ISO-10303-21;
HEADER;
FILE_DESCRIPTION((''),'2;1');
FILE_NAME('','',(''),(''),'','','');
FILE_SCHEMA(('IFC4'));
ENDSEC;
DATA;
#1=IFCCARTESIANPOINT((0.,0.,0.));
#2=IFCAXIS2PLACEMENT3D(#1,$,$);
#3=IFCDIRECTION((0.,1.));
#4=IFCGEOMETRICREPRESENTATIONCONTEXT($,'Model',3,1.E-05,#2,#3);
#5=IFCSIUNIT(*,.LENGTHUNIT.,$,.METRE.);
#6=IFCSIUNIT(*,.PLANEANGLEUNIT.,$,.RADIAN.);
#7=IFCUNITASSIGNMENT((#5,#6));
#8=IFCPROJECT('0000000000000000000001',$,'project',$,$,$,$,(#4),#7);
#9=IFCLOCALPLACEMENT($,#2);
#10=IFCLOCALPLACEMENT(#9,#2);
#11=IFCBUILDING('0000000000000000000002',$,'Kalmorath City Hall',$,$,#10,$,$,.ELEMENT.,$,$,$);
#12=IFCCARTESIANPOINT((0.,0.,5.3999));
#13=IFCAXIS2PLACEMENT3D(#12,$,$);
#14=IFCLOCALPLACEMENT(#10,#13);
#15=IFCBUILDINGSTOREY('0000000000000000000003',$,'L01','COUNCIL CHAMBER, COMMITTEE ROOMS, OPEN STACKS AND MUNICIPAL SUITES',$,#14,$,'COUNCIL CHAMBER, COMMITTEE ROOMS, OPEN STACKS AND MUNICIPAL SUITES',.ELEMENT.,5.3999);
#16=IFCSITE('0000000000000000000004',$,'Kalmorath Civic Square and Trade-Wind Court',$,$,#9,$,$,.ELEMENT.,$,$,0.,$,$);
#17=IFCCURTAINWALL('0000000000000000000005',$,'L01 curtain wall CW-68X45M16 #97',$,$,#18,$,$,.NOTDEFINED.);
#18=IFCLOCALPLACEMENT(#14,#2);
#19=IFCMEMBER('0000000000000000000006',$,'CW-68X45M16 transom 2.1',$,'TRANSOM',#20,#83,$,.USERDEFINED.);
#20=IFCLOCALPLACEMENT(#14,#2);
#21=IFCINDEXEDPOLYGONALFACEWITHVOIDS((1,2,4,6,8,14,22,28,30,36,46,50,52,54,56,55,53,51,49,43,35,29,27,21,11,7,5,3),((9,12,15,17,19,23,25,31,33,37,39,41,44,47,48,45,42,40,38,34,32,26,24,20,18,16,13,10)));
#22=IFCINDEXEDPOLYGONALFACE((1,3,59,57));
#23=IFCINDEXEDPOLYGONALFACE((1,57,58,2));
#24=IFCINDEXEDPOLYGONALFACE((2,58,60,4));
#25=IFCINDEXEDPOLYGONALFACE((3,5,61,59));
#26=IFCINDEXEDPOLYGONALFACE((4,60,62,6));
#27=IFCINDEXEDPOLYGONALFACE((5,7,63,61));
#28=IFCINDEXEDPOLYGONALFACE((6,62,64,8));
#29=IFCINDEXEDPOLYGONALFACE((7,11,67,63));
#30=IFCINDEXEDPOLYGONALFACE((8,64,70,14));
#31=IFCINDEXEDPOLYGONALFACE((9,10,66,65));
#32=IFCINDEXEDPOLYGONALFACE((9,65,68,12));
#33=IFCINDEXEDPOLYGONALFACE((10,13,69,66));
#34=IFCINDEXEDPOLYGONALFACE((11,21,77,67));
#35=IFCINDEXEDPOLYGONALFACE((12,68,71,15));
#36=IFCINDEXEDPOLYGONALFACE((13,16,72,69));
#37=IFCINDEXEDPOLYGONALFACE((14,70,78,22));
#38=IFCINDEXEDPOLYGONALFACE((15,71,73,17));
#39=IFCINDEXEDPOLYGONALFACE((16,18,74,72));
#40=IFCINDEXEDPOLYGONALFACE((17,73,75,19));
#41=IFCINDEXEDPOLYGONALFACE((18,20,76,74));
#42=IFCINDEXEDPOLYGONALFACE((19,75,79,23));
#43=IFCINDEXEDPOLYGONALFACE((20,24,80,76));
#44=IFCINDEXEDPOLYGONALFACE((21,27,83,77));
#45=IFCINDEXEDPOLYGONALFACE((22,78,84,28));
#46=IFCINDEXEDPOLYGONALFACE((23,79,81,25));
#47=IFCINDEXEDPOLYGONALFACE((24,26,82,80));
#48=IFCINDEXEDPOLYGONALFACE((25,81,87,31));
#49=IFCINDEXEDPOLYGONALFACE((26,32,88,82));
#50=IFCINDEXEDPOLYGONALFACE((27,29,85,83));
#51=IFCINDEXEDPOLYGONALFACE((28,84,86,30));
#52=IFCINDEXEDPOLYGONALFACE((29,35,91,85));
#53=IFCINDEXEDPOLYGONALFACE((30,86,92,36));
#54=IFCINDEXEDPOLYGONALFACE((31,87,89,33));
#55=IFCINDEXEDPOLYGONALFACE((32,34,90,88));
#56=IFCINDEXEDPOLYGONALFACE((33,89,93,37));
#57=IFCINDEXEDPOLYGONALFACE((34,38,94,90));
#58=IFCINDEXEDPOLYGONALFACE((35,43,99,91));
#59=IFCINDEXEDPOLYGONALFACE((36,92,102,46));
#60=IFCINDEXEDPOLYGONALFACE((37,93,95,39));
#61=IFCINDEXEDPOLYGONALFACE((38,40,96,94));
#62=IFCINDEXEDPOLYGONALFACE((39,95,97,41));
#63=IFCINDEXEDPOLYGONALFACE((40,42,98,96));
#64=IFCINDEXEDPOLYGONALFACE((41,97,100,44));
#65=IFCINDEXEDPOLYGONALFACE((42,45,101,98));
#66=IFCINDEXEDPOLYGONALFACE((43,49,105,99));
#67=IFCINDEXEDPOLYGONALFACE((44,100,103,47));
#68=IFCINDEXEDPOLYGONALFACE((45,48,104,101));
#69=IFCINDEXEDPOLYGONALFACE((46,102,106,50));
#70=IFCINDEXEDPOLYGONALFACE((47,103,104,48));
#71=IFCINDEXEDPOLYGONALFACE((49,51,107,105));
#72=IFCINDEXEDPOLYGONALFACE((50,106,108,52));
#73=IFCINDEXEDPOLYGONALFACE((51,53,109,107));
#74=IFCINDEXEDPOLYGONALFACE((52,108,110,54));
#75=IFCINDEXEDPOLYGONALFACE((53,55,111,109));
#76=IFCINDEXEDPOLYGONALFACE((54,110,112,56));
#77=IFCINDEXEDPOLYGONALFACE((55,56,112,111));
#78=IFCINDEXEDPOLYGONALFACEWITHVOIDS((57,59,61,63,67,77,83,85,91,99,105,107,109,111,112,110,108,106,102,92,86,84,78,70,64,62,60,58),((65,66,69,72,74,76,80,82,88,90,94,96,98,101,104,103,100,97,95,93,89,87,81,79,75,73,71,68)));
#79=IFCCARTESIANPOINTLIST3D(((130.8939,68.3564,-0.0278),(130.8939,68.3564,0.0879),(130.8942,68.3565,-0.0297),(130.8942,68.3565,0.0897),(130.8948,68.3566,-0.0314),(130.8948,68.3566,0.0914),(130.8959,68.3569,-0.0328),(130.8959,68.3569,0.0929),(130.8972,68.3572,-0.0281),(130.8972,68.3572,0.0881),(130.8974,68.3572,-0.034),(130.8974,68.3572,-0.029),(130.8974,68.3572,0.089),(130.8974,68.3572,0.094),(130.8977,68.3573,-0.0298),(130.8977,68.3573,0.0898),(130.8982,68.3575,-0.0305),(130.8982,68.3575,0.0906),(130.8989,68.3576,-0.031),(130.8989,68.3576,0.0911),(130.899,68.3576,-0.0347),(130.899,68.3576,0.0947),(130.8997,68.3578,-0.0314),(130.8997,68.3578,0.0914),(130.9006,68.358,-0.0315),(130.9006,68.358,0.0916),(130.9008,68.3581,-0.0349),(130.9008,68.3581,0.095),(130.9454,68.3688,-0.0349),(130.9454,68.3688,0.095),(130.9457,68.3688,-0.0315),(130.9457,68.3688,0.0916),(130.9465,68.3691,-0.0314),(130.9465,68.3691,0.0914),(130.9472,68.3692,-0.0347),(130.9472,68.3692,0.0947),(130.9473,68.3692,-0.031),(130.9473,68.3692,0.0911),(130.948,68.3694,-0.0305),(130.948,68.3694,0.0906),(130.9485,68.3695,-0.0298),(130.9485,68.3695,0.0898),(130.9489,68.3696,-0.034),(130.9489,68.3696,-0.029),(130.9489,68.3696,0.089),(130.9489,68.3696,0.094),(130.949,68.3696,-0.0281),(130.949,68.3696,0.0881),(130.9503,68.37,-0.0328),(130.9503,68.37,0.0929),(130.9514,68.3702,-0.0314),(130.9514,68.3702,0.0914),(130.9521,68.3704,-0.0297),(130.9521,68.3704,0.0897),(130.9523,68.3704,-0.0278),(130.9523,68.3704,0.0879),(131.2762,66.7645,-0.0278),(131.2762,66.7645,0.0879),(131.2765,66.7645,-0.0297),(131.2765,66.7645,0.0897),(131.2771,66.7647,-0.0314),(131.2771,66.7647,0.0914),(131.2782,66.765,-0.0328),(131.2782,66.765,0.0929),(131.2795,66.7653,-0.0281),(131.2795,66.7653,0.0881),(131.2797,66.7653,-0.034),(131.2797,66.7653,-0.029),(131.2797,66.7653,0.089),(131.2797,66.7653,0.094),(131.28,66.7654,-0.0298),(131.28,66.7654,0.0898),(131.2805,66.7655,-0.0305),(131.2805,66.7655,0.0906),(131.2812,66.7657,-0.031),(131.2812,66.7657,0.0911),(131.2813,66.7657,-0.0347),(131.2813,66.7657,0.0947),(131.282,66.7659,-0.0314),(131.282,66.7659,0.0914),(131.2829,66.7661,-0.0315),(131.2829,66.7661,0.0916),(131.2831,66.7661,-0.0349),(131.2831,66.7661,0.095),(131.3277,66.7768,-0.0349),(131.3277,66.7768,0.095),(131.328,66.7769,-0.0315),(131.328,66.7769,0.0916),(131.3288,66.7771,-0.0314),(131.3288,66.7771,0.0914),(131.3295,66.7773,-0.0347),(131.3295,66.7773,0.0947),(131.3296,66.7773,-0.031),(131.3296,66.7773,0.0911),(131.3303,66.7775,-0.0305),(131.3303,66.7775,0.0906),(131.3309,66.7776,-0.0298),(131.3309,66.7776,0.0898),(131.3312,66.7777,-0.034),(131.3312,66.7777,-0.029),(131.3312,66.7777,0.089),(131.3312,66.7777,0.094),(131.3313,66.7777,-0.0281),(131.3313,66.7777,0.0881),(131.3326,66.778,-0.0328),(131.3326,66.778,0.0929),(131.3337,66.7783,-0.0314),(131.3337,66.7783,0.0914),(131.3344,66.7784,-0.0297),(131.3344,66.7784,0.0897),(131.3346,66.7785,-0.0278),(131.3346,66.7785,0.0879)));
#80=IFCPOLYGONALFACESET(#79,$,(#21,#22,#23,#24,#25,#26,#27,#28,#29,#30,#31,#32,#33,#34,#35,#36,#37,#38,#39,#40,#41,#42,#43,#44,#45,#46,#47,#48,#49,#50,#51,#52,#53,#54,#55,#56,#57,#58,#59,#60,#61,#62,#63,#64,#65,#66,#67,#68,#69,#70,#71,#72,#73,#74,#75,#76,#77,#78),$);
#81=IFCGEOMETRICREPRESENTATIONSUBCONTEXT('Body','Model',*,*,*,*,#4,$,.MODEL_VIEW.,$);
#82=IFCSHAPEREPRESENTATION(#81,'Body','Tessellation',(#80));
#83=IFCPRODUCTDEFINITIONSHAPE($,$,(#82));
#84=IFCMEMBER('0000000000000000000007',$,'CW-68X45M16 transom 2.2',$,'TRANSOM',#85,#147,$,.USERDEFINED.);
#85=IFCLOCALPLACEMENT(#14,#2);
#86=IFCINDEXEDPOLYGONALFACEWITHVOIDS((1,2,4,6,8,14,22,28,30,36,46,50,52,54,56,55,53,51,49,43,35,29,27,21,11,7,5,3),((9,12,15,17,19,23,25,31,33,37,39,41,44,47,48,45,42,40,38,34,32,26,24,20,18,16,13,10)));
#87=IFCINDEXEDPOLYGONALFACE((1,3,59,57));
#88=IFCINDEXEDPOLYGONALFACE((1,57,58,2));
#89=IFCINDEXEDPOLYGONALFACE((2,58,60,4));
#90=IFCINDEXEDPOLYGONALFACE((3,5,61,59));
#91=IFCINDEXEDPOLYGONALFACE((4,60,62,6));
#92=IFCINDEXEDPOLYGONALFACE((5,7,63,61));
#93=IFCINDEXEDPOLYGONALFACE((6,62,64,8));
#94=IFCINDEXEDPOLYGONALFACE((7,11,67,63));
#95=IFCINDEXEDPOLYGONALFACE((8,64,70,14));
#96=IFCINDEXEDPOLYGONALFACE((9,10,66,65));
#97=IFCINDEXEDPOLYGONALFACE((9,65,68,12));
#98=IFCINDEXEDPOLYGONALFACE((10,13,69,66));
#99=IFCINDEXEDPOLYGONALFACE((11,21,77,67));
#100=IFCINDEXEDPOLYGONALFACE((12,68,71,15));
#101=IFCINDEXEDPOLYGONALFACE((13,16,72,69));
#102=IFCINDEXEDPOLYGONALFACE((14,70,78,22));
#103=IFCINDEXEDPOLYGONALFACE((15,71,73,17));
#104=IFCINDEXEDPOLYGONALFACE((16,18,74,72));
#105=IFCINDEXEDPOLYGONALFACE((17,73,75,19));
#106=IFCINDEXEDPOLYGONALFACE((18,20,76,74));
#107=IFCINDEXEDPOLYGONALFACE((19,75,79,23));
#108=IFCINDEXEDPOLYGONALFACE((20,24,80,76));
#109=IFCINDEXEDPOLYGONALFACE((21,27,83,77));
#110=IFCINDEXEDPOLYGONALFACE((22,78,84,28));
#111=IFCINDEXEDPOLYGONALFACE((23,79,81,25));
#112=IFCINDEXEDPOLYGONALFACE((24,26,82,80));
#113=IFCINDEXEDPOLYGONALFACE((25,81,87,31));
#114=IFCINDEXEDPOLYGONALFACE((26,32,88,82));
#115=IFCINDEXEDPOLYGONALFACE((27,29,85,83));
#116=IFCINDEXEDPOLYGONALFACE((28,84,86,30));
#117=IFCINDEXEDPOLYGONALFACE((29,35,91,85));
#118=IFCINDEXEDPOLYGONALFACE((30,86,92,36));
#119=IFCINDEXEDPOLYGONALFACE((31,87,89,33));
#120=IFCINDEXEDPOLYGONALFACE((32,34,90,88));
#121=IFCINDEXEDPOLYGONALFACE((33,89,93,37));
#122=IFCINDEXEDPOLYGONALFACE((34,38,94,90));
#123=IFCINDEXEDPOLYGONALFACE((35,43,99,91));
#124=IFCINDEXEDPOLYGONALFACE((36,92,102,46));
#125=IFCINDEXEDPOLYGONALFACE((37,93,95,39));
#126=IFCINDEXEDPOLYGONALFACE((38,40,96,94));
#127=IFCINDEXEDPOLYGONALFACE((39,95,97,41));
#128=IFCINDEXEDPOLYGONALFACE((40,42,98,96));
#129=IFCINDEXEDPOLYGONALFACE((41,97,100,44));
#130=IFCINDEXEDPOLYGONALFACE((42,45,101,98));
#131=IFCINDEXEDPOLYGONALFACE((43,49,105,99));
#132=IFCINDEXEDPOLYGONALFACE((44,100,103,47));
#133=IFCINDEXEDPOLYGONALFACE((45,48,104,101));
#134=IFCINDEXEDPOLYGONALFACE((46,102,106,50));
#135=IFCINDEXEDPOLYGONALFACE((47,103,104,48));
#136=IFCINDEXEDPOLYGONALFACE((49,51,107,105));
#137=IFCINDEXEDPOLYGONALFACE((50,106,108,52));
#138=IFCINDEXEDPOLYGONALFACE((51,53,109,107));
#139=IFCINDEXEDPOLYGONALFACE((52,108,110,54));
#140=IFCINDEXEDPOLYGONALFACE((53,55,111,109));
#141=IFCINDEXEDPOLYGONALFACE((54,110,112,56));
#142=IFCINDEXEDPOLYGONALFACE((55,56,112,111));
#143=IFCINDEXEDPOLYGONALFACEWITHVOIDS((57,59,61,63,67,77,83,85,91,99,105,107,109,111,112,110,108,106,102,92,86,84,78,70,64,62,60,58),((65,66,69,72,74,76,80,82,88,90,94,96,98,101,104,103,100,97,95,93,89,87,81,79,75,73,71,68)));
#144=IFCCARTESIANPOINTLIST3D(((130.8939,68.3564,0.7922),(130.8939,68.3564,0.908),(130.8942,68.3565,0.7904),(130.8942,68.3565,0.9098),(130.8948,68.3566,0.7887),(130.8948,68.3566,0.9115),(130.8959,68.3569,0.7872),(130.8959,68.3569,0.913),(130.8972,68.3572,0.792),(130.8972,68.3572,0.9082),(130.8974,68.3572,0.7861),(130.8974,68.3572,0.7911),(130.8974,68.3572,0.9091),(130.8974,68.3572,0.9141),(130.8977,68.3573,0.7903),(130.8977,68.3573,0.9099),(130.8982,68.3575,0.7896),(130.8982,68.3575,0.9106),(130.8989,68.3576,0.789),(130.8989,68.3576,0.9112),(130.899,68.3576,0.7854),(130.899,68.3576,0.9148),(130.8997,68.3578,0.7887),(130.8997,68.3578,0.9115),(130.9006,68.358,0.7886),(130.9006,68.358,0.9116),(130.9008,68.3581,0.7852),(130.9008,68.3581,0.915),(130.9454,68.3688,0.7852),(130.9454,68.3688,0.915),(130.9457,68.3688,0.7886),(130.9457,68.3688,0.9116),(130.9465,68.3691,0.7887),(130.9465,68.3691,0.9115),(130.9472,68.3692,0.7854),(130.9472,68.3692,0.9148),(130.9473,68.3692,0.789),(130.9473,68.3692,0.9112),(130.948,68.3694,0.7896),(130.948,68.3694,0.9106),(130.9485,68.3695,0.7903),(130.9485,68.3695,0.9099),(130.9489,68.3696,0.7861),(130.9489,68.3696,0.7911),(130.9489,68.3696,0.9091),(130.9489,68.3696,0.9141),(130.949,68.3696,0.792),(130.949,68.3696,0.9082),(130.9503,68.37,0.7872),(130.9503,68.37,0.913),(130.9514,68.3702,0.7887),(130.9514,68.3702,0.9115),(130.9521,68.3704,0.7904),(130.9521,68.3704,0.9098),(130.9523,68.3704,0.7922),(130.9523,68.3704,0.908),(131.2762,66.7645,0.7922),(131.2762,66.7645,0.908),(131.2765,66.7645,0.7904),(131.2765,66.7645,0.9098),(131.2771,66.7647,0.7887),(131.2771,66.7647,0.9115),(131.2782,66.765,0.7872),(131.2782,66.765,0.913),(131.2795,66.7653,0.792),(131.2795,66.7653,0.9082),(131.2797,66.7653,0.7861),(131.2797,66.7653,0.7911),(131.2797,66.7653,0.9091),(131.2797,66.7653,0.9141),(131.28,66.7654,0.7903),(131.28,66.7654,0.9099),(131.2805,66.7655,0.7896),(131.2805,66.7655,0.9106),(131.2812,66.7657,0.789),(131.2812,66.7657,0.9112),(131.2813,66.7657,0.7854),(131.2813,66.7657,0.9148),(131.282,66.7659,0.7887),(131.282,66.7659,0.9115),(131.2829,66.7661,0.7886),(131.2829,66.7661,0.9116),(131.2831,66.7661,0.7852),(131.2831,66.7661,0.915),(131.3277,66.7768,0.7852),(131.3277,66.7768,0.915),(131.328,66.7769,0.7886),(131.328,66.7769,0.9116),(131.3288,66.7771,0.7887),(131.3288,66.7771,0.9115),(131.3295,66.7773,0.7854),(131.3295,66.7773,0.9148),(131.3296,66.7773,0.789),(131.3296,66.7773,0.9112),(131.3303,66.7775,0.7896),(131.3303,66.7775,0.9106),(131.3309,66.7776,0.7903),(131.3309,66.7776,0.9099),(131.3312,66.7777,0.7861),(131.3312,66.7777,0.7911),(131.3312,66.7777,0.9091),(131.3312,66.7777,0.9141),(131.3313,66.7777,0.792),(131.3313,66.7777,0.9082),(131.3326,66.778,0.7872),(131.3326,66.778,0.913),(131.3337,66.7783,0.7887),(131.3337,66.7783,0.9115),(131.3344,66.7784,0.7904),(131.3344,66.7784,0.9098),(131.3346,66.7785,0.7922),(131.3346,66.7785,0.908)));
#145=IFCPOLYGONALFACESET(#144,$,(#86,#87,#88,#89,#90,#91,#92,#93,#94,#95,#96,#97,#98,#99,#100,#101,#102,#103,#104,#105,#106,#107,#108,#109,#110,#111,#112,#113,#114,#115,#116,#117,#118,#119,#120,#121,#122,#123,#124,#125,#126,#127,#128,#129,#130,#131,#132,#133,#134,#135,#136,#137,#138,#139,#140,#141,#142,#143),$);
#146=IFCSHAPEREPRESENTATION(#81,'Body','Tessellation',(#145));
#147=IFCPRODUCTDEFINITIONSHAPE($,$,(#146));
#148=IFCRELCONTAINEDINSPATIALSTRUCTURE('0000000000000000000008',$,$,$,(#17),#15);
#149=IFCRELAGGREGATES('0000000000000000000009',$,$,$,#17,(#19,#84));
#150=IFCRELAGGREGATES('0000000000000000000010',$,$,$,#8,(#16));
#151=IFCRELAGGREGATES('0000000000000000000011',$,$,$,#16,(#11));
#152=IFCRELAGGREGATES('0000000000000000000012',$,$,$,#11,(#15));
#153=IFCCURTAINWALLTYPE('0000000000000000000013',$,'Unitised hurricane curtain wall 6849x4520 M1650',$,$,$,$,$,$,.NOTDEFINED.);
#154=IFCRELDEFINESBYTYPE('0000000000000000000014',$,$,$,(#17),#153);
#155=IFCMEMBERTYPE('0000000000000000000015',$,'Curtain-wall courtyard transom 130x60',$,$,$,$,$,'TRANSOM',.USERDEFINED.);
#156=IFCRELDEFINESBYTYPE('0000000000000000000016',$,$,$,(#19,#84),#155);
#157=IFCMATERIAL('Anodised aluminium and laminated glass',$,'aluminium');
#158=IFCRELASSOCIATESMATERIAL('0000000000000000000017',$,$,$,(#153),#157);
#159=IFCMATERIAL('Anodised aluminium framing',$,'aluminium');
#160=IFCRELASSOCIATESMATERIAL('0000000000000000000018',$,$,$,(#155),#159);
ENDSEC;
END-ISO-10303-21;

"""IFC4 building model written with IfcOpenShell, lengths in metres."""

from ifc_helpers import new_model, si_unit, direction, frame, origin, origin_2d, place, context, subcontext, project, spatial, hollow_rectangle, extrude, material, material_profile, profile_set, type_object, element, aggregate, save


model = new_model("IFC4")

# Units and contexts
model_context = context("Model", 3, precision=1e-05, world=origin(), true_north=direction((0.0, 1.0)))
body_context = subcontext(model_context, "Body", "Model", "MODEL_VIEW")
ifc_project = project(units=[si_unit("LENGTHUNIT", "METRE"), si_unit("PLANEANGLEUNIT", "RADIAN")], contexts=[model_context])

# Site, building, storey
site_placement = place(None, origin())
site = spatial("IfcSite", under=ifc_project, at=site_placement, Name="Kalmorath Civic Square and Trade-Wind Court", CompositionType="ELEMENT", RefElevation=0.0)
building_placement = place(site_placement, origin())
building = spatial("IfcBuilding", under=site, at=building_placement, Name="Kalmorath City Hall", CompositionType="ELEMENT")
storey_placement = place(building_placement, frame((0.0, 0.0, 5.3999)))
storey = spatial("IfcBuildingStorey", under=building, at=storey_placement, Name="L01", Description="COUNCIL CHAMBER, COMMITTEE ROOMS, OPEN STACKS AND MUNICIPAL SUITES", LongName="COUNCIL CHAMBER, COMMITTEE ROOMS, OPEN STACKS AND MUNICIPAL SUITES", CompositionType="ELEMENT", Elevation=5.3999)

# Curtain wall, members
ifc_material_1 = material(Name="Anodised aluminium and laminated glass", Category="aluminium")
curtain_wall_type = type_object("IfcCurtainWallType", Name="Unitised hurricane curtain wall 6849x4520 M1650", PredefinedType="NOTDEFINED", material=ifc_material_1)
curtain_wall_1_placement = place(storey_placement, origin())
curtain_wall_1 = element("IfcCurtainWall", 1, at=curtain_wall_1_placement, inside=storey, type_object=curtain_wall_type, Name="L01 curtain wall CW-68X45M16 #97", PredefinedType="NOTDEFINED")
ifc_material_2 = material(Name="Anodised aluminium framing", Category="aluminium")
ifc_material_profile_1 = material_profile(ifc_material_2, hollow_rectangle(XDim=0.0601, YDim=0.1299, WallThickness=0.0034, InnerFilletRadius=0.0034, OuterFilletRadius=0.0071, at=origin_2d()), Name="ALU-TRN-130X60X3.5")
ifc_profile_set_1 = profile_set([ifc_material_profile_1], Name="Anodised aluminium framing")
member_type_1 = type_object("IfcMemberType", Name="Curtain-wall courtyard transom 130x60", ElementType="TRANSOM", PredefinedType="USERDEFINED", material=ifc_profile_set_1)
member_1_placement = place(storey_placement, frame((131.3054, 66.7715, 0.03), z_axis=(-0.233508, 0.972355, 0.0), x_axis=(-0.972355, -0.233508, 0.0)))
member_1 = element("IfcMember", 2, at=member_1_placement, type_object=member_type_1, Name="CW-68X45M16 transom 2.1", ObjectType="TRANSOM", PredefinedType="USERDEFINED", context=body_context, shape_type="SweptSolid", body=[
    extrude(hollow_rectangle(XDim=0.0601, YDim=0.1299, WallThickness=0.0034, InnerFilletRadius=0.0034, OuterFilletRadius=0.0071, at=origin_2d()), origin(), (0.0, 0.0, 1.0), 1.6372),
])
member_2_placement = place(storey_placement, frame((131.3054, 66.7715, 0.8501), z_axis=(-0.233508, 0.972355, 0.0), x_axis=(-0.972355, -0.233508, 0.0)))
member_2 = element("IfcMember", 3, at=member_2_placement, type_object=member_type_1, Name="CW-68X45M16 transom 2.2", ObjectType="TRANSOM", PredefinedType="USERDEFINED", context=body_context, shape_type="SweptSolid", body=[
    extrude(hollow_rectangle(XDim=0.0601, YDim=0.1299, WallThickness=0.0034, InnerFilletRadius=0.0034, OuterFilletRadius=0.0071, at=origin_2d()), origin(), (0.0, 0.0, 1.0), 1.6372),
])

aggregate(curtain_wall_1, [member_1, member_2])

save(model, "model.ifc")
